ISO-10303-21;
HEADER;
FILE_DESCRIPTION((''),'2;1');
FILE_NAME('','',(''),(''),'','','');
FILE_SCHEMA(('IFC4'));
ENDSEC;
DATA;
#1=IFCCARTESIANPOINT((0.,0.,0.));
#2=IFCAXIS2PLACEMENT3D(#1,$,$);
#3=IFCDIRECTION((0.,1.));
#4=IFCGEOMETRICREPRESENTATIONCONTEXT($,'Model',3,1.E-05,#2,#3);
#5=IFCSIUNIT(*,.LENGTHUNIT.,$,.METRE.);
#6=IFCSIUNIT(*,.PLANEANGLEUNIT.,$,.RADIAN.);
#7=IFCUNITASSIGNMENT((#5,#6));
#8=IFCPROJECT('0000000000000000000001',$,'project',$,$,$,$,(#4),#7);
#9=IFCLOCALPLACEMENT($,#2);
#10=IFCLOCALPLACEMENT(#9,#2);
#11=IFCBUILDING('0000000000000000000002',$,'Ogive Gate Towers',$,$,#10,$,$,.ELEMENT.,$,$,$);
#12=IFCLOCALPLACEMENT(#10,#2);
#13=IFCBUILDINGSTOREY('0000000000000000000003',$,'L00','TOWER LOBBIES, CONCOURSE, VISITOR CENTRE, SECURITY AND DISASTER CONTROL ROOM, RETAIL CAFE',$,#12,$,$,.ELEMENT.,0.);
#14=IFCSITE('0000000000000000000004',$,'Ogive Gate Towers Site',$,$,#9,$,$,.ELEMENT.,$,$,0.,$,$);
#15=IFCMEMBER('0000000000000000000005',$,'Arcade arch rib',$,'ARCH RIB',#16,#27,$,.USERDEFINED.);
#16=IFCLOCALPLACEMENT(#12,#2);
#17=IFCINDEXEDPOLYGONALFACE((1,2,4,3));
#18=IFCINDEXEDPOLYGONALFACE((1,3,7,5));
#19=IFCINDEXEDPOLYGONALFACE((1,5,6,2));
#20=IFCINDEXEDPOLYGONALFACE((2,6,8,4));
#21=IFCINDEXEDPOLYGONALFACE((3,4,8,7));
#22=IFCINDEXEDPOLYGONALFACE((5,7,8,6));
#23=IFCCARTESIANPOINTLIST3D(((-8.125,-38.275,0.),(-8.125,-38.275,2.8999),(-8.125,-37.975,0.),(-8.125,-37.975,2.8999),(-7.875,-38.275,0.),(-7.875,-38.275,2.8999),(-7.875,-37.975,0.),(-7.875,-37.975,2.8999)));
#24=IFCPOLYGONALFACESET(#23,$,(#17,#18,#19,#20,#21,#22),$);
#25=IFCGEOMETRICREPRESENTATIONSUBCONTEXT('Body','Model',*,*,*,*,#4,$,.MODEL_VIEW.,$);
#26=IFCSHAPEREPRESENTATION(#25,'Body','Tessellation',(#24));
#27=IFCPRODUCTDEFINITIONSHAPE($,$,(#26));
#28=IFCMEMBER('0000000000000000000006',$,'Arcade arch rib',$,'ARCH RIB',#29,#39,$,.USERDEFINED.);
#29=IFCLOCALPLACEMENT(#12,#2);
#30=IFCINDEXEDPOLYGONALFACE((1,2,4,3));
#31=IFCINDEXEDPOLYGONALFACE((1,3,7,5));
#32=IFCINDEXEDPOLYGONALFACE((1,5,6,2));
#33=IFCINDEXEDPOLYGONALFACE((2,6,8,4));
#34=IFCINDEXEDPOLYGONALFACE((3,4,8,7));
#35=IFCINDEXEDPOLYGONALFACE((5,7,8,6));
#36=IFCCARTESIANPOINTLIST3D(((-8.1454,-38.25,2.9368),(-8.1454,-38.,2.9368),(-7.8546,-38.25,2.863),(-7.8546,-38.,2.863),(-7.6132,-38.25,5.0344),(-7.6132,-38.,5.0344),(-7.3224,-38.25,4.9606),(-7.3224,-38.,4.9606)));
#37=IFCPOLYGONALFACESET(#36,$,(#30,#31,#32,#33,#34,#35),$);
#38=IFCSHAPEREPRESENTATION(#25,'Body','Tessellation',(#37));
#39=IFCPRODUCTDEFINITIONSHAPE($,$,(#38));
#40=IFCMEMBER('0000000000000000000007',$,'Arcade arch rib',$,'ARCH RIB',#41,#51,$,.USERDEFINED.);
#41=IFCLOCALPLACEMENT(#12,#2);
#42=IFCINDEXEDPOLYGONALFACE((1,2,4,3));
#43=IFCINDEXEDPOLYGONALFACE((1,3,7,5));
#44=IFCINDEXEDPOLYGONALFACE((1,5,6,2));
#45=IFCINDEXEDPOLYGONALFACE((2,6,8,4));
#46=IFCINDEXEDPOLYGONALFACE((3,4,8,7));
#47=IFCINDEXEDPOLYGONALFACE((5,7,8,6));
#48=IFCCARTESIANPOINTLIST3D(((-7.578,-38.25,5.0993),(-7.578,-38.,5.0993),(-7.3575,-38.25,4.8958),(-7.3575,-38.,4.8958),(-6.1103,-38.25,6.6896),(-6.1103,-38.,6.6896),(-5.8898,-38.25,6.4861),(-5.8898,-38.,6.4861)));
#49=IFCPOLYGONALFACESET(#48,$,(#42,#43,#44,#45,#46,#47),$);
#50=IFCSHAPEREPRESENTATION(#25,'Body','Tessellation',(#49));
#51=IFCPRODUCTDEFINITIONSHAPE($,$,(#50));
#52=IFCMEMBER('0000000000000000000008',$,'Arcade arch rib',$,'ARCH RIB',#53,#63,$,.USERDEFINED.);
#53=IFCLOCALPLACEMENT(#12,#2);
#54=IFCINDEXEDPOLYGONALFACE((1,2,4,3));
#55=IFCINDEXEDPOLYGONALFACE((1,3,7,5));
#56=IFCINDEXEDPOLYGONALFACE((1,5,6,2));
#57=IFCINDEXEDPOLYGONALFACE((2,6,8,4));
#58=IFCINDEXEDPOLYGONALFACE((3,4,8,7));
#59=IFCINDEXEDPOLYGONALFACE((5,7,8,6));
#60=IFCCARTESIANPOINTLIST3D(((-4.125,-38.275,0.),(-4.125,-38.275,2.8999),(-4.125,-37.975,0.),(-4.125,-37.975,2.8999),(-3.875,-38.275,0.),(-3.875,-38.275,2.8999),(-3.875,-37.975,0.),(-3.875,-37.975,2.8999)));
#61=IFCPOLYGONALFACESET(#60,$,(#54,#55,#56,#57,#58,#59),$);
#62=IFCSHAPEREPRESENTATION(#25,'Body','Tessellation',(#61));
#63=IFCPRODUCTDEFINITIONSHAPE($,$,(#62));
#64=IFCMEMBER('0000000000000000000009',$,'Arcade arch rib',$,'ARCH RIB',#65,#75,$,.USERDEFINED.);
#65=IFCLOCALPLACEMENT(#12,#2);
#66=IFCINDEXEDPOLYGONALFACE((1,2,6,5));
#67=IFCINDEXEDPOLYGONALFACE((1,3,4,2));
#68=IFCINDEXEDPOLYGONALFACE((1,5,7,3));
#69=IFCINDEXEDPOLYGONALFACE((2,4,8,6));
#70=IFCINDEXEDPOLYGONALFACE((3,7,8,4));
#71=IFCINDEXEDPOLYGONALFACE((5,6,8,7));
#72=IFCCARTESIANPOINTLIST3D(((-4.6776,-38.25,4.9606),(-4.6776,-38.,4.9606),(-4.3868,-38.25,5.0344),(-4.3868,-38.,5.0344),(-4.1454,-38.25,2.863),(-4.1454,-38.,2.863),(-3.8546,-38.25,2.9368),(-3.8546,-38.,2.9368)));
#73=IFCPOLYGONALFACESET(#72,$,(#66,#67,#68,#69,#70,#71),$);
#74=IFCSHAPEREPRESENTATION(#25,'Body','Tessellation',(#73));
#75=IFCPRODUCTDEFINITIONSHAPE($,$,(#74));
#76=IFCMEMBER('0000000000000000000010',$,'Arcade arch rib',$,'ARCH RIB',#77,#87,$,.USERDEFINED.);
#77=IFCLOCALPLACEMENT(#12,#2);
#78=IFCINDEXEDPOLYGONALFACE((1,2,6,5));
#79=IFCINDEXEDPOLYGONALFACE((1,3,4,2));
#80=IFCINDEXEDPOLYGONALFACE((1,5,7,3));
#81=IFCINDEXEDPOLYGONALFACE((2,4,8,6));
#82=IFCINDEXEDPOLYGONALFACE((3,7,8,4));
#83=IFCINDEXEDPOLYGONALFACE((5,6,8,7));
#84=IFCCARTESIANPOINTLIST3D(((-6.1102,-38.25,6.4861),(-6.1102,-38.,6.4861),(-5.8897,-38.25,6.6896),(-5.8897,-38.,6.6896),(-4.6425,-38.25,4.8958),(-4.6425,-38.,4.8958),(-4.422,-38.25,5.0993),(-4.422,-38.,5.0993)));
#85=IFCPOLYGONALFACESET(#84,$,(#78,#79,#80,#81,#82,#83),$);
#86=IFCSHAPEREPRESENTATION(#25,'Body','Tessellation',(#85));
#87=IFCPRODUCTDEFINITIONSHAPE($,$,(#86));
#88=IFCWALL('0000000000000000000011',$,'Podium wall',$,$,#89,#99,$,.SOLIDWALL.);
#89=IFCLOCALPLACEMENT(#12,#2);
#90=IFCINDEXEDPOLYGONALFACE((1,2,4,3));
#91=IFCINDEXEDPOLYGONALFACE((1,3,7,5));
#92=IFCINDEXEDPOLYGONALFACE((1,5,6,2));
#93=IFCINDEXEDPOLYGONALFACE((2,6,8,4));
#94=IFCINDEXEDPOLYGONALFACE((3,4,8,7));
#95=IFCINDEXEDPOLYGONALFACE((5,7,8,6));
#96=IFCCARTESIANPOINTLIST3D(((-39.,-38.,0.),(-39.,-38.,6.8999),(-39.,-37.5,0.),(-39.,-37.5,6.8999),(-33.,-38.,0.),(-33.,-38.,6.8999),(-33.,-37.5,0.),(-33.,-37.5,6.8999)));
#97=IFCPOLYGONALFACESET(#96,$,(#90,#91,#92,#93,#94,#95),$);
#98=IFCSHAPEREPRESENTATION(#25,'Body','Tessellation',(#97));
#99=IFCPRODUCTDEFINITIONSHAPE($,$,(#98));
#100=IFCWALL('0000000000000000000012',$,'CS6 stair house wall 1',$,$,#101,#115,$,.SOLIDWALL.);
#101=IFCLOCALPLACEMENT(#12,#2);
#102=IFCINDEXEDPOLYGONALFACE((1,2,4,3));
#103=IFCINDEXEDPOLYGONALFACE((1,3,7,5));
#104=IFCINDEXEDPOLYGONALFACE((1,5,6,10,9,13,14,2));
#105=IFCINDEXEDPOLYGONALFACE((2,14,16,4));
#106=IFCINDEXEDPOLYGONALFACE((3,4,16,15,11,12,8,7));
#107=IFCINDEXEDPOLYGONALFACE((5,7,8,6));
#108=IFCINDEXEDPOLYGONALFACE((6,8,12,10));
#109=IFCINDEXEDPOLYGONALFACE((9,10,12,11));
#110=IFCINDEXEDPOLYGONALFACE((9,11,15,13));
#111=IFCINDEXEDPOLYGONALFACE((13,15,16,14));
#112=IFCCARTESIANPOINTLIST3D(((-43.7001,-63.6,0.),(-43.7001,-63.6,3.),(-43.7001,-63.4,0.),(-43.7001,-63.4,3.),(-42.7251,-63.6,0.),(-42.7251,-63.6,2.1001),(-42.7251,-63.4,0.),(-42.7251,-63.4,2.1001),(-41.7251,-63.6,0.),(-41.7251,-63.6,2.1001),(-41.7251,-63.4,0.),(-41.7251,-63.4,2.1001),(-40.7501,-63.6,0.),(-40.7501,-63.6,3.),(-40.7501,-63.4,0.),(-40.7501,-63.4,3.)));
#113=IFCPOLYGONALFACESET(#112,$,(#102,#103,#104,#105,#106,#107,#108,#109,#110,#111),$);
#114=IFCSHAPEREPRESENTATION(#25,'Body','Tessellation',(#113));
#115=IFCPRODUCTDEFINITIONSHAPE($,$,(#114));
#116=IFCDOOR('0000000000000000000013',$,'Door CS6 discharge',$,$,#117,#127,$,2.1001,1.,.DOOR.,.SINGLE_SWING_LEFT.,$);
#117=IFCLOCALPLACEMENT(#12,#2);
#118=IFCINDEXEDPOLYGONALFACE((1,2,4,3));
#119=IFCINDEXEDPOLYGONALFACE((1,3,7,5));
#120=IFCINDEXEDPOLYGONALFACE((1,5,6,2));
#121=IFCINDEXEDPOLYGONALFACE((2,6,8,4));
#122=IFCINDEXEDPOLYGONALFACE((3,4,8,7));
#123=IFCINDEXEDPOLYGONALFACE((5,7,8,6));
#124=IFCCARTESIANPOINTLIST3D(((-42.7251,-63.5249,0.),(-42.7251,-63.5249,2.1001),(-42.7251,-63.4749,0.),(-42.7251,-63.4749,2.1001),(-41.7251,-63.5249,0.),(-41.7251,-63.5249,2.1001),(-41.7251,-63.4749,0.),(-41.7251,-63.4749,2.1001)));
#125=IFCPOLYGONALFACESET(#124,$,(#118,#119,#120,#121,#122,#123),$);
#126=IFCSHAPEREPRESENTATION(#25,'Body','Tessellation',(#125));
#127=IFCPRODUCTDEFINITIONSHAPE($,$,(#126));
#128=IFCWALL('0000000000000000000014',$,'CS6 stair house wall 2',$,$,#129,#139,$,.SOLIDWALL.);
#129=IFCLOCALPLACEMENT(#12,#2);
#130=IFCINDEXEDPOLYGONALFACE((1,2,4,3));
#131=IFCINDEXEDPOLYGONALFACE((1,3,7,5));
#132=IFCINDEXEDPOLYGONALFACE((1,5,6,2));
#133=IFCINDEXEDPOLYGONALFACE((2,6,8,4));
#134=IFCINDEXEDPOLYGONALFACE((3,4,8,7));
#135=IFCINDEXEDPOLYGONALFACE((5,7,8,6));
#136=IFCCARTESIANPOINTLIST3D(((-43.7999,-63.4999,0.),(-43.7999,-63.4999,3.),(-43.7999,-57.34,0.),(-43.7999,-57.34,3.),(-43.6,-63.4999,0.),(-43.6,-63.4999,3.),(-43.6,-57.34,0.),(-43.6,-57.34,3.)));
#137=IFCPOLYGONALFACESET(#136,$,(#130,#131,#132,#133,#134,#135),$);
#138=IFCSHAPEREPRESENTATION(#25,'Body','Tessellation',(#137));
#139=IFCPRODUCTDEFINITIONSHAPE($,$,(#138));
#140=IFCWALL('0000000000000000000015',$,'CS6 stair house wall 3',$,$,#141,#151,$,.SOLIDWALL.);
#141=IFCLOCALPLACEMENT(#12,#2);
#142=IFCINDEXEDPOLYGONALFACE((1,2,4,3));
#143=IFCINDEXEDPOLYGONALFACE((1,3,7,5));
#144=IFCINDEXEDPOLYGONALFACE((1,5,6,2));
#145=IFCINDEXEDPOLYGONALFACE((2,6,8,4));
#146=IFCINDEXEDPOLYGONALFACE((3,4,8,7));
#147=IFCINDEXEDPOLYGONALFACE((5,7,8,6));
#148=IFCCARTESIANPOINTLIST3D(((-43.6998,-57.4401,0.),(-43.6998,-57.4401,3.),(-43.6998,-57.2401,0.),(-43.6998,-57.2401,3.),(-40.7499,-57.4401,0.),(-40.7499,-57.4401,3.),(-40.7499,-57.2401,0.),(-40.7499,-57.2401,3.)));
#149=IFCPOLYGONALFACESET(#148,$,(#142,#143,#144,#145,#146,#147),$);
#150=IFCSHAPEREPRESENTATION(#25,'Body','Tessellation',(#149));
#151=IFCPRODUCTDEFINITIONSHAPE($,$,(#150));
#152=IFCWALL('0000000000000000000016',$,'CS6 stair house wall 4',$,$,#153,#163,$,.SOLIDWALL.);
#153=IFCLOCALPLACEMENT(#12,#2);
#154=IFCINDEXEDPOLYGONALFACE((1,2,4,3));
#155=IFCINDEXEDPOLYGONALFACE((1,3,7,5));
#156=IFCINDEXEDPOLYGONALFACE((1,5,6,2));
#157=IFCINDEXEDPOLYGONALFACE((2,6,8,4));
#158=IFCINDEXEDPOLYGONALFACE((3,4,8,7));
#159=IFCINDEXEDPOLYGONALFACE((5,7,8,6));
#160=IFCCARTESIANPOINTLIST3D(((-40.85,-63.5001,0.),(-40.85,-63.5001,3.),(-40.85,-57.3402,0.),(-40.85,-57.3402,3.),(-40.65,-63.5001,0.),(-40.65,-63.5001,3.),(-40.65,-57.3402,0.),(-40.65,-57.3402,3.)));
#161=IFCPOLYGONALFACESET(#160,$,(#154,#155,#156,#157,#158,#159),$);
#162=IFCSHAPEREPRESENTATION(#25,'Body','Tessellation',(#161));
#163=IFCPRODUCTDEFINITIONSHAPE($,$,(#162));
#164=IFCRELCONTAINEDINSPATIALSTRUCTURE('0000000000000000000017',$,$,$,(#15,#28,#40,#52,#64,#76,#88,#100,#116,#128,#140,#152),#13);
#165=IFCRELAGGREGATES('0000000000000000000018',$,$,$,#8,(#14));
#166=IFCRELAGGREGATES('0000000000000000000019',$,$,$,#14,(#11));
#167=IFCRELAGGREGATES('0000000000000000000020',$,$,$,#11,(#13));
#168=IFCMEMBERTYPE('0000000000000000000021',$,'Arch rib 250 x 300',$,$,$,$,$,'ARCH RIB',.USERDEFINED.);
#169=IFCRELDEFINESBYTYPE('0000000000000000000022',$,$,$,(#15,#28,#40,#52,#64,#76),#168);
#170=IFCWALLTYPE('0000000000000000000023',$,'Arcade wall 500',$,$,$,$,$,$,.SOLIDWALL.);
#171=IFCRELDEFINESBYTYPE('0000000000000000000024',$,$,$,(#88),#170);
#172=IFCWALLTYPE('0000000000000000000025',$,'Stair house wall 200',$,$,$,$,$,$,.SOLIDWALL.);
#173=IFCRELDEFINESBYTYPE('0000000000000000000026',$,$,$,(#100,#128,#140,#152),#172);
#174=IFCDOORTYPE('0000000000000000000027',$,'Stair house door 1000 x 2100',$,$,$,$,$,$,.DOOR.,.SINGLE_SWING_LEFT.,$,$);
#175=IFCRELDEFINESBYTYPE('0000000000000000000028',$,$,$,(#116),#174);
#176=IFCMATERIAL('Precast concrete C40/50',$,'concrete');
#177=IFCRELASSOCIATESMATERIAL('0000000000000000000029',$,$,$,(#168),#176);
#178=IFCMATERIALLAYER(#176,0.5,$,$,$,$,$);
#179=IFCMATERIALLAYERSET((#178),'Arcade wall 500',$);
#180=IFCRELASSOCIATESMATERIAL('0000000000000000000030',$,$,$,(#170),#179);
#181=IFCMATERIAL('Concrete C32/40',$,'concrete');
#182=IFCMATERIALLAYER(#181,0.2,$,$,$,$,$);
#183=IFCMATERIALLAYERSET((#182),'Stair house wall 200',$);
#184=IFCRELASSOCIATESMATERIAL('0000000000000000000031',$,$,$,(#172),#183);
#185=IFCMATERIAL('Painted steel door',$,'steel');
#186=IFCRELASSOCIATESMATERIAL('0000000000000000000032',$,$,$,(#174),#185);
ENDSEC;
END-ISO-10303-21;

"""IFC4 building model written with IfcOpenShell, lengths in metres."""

from ifc_helpers import new_model, si_unit, direction, frame, frame_2d, origin, origin_2d, place, context, subcontext, project, spatial, rectangle, extrude, material, layer, layer_set, material_profile, profile_set, type_object, element, fill, save


model = new_model("IFC4")

# Units and contexts
model_context = context("Model", 3, precision=1e-05, world=origin(), true_north=direction((0.0, 1.0)))
body_context = subcontext(model_context, "Body", "Model", "MODEL_VIEW")
ifc_project = project(units=[si_unit("LENGTHUNIT", "METRE"), si_unit("PLANEANGLEUNIT", "RADIAN")], contexts=[model_context])

# Site, building, storey
site_placement = place(None, origin())
site = spatial("IfcSite", under=ifc_project, at=site_placement, Name="Ogive Gate Towers Site", CompositionType="ELEMENT", RefElevation=0.0)
building_placement = place(site_placement, origin())
building = spatial("IfcBuilding", under=site, at=building_placement, Name="Ogive Gate Towers", CompositionType="ELEMENT")
storey_placement = place(building_placement, origin())
storey = spatial("IfcBuildingStorey", under=building, at=storey_placement, Name="L00", Description="TOWER LOBBIES, CONCOURSE, VISITOR CENTRE, SECURITY AND DISASTER CONTROL ROOM, RETAIL CAFE", CompositionType="ELEMENT", Elevation=0.0)

# Members
ifc_material_1 = material(Name="Precast concrete C40/50", Category="concrete")
ifc_material_profile = material_profile(ifc_material_1, rectangle(XDim=0.25, YDim=0.3, at=origin_2d()), Name="250 x 300 cast stone")
ifc_profile_set = profile_set([ifc_material_profile], Name="Precast concrete C40/50")
member_type = type_object("IfcMemberType", Name="Arch rib 250 x 300", ElementType="ARCH RIB", PredefinedType="USERDEFINED", material=ifc_profile_set)
member_1_placement = place(storey_placement, frame((-8.0, -38.125, 0.0), z_axis=(0.0, 0.0, 1.0), x_axis=(1.0, 0.0, 0.0)))
element("IfcMember", 1, at=member_1_placement, inside=storey, type_object=member_type, Name="Arcade arch rib", ObjectType="ARCH RIB", PredefinedType="USERDEFINED", context=body_context, shape_type="SweptSolid", body=[
    extrude(rectangle(XDim=0.25, YDim=0.3, at=origin_2d()), origin(), (0.0, 0.0, 1.0), 2.8999),
])
for number, where, z_axis, x_axis, name in (
    (2, (-8.0, -38.125, 2.8999), (0.245932, 0.0, 0.969287), (0.0, 1.0, 0.0), "Arcade arch rib"),
    (3, (-7.4678, -38.125, 4.9976), (0.678224, 0.0, 0.734855), (0.0, 1.0, 0.0), "Arcade arch rib"),
):
    element("IfcMember", number, at=place(storey_placement, frame(where, z_axis=z_axis, x_axis=x_axis)), inside=storey, type_object=member_type, Name=name, ObjectType="ARCH RIB", PredefinedType="USERDEFINED", context=body_context, shape_type="SweptSolid", body=[
        extrude(rectangle(XDim=0.25, YDim=0.3, at=origin_2d()), origin(), (0.0, 0.0, 1.0), 2.1641),
    ])
member_2_placement = place(storey_placement, frame((-4.0, -38.125, 0.0), z_axis=(0.0, 0.0, 1.0), x_axis=(1.0, 0.0, 0.0)))
element("IfcMember", 4, at=member_2_placement, inside=storey, type_object=member_type, Name="Arcade arch rib", ObjectType="ARCH RIB", PredefinedType="USERDEFINED", context=body_context, shape_type="SweptSolid", body=[
    extrude(rectangle(XDim=0.25, YDim=0.3, at=origin_2d()), origin(), (0.0, 0.0, 1.0), 2.8999),
])
for number, where, z_axis, x_axis, name in (
    (5, (-4.0, -38.125, 2.8999), (-0.245932, 0.0, 0.969287), (0.0, -1.0, 0.0), "Arcade arch rib"),
    (6, (-4.5322, -38.125, 4.9976), (-0.678224, 0.0, 0.734855), (0.0, -1.0, 0.0), "Arcade arch rib"),
):
    element("IfcMember", number, at=place(storey_placement, frame(where, z_axis=z_axis, x_axis=x_axis)), inside=storey, type_object=member_type, Name=name, ObjectType="ARCH RIB", PredefinedType="USERDEFINED", context=body_context, shape_type="SweptSolid", body=[
        extrude(rectangle(XDim=0.25, YDim=0.3, at=origin_2d()), origin(), (0.0, 0.0, 1.0), 2.1641),
    ])

# Wall
ifc_layer_1 = layer(ifc_material_1, 0.5)
ifc_layer_set_1 = layer_set([ifc_layer_1], Name="Arcade wall 500")
wall_type_1 = type_object("IfcWallType", Name="Arcade wall 500", PredefinedType="SOLIDWALL", material=ifc_layer_set_1)
wall_1_placement = place(storey_placement, frame((-39.0, -37.75, 0.0), z_axis=(0.0, 0.0, 1.0), x_axis=(1.0, 0.0, 0.0)))
element("IfcWall", 7, at=wall_1_placement, inside=storey, type_object=wall_type_1, Name="Podium wall", PredefinedType="SOLIDWALL", context=body_context, shape_type="SweptSolid", body=[
    extrude(rectangle(XDim=6.0, YDim=0.5, at=frame_2d((3.0, 0.0))), origin(), (0.0, 0.0, 1.0), 6.8999),
])

# Wall, opening, door
ifc_material_2 = material(Name="Concrete C32/40", Category="concrete")
ifc_layer_2 = layer(ifc_material_2, 0.2)
ifc_layer_set_2 = layer_set([ifc_layer_2], Name="Stair house wall 200")
wall_type_2 = type_object("IfcWallType", Name="Stair house wall 200", PredefinedType="SOLIDWALL", material=ifc_layer_set_2)
wall_2_placement = place(storey_placement, frame((-40.75, -63.5, 0.0), z_axis=(0.0, 0.0, 1.0), x_axis=(-1.0, 0.0, 0.0)))
wall_2 = element("IfcWall", 8, at=wall_2_placement, inside=storey, type_object=wall_type_2, Name="CS6 stair house wall 1", PredefinedType="SOLIDWALL", context=body_context, shape_type="SweptSolid", body=[
    extrude(rectangle(XDim=2.95, YDim=0.2, at=frame_2d((1.4751, 0.0))), origin(), (0.0, 0.0, 1.0), 3.0),
])
opening_placement = place(wall_2_placement, frame((0.9751, 0.0, 0.0)))
opening = element("IfcOpeningElement", 9, at=opening_placement, cuts=wall_2, PredefinedType="OPENING", context=body_context, shape_type="SweptSolid", body=[
    extrude(rectangle(XDim=1.0, YDim=2.1001, at=frame_2d((0.5, 1.05))), frame((0.0, 0.1099, 0.0), z_axis=(0.0, -1.0, 0.0), x_axis=(1.0, 0.0, 0.0)), (0.0, 0.0, 1.0), 0.22),
])
ifc_material_3 = material(Name="Painted steel door", Category="steel")
door_type = type_object("IfcDoorType", Name="Stair house door 1000 x 2100", OperationType="SINGLE_SWING_LEFT", PredefinedType="DOOR", material=ifc_material_3)
door_placement = place(opening_placement, origin())
door = element("IfcDoor", 10, at=door_placement, inside=storey, type_object=door_type, Name="Door CS6 discharge", OperationType="SINGLE_SWING_LEFT", OverallHeight=2.1001, OverallWidth=1.0, PredefinedType="DOOR", context=body_context, shape_type="SweptSolid", body=[
    extrude(rectangle(XDim=1.0, YDim=2.1001, at=frame_2d((0.5, 1.05))), frame((0.0, 0.0249, 0.0), z_axis=(0.0, -1.0, 0.0), x_axis=(1.0, 0.0, 0.0)), (0.0, 0.0, 1.0), 0.05),
])
fill(opening, door)

# Walls
wall_3_placement = place(storey_placement, frame((-43.7, -63.5, 0.0), z_axis=(0.0, 0.0, 1.0), x_axis=(0.0, 1.0, 0.0)))
element("IfcWall", 11, at=wall_3_placement, inside=storey, type_object=wall_type_2, Name="CS6 stair house wall 2", PredefinedType="SOLIDWALL", context=body_context, shape_type="SweptSolid", body=[
    extrude(rectangle(XDim=6.1599, YDim=0.2, at=frame_2d((3.0801, 0.0))), origin(), (0.0, 0.0, 1.0), 3.0),
])
wall_4_placement = place(storey_placement, frame((-43.7, -57.3401, 0.0), z_axis=(0.0, 0.0, 1.0), x_axis=(1.0, 0.0, 0.0)))
element("IfcWall", 12, at=wall_4_placement, inside=storey, type_object=wall_type_2, Name="CS6 stair house wall 3", PredefinedType="SOLIDWALL", context=body_context, shape_type="SweptSolid", body=[
    extrude(rectangle(XDim=2.95, YDim=0.2, at=frame_2d((1.4751, 0.0))), origin(), (0.0, 0.0, 1.0), 3.0),
])
wall_5_placement = place(storey_placement, frame((-40.75, -57.3401, 0.0), z_axis=(0.0, 0.0, 1.0), x_axis=(0.0, -1.0, 0.0)))
element("IfcWall", 13, at=wall_5_placement, inside=storey, type_object=wall_type_2, Name="CS6 stair house wall 4", PredefinedType="SOLIDWALL", context=body_context, shape_type="SweptSolid", body=[
    extrude(rectangle(XDim=6.1599, YDim=0.2, at=frame_2d((3.0801, 0.0))), origin(), (0.0, 0.0, 1.0), 3.0),
])

save(model, "model.ifc")
